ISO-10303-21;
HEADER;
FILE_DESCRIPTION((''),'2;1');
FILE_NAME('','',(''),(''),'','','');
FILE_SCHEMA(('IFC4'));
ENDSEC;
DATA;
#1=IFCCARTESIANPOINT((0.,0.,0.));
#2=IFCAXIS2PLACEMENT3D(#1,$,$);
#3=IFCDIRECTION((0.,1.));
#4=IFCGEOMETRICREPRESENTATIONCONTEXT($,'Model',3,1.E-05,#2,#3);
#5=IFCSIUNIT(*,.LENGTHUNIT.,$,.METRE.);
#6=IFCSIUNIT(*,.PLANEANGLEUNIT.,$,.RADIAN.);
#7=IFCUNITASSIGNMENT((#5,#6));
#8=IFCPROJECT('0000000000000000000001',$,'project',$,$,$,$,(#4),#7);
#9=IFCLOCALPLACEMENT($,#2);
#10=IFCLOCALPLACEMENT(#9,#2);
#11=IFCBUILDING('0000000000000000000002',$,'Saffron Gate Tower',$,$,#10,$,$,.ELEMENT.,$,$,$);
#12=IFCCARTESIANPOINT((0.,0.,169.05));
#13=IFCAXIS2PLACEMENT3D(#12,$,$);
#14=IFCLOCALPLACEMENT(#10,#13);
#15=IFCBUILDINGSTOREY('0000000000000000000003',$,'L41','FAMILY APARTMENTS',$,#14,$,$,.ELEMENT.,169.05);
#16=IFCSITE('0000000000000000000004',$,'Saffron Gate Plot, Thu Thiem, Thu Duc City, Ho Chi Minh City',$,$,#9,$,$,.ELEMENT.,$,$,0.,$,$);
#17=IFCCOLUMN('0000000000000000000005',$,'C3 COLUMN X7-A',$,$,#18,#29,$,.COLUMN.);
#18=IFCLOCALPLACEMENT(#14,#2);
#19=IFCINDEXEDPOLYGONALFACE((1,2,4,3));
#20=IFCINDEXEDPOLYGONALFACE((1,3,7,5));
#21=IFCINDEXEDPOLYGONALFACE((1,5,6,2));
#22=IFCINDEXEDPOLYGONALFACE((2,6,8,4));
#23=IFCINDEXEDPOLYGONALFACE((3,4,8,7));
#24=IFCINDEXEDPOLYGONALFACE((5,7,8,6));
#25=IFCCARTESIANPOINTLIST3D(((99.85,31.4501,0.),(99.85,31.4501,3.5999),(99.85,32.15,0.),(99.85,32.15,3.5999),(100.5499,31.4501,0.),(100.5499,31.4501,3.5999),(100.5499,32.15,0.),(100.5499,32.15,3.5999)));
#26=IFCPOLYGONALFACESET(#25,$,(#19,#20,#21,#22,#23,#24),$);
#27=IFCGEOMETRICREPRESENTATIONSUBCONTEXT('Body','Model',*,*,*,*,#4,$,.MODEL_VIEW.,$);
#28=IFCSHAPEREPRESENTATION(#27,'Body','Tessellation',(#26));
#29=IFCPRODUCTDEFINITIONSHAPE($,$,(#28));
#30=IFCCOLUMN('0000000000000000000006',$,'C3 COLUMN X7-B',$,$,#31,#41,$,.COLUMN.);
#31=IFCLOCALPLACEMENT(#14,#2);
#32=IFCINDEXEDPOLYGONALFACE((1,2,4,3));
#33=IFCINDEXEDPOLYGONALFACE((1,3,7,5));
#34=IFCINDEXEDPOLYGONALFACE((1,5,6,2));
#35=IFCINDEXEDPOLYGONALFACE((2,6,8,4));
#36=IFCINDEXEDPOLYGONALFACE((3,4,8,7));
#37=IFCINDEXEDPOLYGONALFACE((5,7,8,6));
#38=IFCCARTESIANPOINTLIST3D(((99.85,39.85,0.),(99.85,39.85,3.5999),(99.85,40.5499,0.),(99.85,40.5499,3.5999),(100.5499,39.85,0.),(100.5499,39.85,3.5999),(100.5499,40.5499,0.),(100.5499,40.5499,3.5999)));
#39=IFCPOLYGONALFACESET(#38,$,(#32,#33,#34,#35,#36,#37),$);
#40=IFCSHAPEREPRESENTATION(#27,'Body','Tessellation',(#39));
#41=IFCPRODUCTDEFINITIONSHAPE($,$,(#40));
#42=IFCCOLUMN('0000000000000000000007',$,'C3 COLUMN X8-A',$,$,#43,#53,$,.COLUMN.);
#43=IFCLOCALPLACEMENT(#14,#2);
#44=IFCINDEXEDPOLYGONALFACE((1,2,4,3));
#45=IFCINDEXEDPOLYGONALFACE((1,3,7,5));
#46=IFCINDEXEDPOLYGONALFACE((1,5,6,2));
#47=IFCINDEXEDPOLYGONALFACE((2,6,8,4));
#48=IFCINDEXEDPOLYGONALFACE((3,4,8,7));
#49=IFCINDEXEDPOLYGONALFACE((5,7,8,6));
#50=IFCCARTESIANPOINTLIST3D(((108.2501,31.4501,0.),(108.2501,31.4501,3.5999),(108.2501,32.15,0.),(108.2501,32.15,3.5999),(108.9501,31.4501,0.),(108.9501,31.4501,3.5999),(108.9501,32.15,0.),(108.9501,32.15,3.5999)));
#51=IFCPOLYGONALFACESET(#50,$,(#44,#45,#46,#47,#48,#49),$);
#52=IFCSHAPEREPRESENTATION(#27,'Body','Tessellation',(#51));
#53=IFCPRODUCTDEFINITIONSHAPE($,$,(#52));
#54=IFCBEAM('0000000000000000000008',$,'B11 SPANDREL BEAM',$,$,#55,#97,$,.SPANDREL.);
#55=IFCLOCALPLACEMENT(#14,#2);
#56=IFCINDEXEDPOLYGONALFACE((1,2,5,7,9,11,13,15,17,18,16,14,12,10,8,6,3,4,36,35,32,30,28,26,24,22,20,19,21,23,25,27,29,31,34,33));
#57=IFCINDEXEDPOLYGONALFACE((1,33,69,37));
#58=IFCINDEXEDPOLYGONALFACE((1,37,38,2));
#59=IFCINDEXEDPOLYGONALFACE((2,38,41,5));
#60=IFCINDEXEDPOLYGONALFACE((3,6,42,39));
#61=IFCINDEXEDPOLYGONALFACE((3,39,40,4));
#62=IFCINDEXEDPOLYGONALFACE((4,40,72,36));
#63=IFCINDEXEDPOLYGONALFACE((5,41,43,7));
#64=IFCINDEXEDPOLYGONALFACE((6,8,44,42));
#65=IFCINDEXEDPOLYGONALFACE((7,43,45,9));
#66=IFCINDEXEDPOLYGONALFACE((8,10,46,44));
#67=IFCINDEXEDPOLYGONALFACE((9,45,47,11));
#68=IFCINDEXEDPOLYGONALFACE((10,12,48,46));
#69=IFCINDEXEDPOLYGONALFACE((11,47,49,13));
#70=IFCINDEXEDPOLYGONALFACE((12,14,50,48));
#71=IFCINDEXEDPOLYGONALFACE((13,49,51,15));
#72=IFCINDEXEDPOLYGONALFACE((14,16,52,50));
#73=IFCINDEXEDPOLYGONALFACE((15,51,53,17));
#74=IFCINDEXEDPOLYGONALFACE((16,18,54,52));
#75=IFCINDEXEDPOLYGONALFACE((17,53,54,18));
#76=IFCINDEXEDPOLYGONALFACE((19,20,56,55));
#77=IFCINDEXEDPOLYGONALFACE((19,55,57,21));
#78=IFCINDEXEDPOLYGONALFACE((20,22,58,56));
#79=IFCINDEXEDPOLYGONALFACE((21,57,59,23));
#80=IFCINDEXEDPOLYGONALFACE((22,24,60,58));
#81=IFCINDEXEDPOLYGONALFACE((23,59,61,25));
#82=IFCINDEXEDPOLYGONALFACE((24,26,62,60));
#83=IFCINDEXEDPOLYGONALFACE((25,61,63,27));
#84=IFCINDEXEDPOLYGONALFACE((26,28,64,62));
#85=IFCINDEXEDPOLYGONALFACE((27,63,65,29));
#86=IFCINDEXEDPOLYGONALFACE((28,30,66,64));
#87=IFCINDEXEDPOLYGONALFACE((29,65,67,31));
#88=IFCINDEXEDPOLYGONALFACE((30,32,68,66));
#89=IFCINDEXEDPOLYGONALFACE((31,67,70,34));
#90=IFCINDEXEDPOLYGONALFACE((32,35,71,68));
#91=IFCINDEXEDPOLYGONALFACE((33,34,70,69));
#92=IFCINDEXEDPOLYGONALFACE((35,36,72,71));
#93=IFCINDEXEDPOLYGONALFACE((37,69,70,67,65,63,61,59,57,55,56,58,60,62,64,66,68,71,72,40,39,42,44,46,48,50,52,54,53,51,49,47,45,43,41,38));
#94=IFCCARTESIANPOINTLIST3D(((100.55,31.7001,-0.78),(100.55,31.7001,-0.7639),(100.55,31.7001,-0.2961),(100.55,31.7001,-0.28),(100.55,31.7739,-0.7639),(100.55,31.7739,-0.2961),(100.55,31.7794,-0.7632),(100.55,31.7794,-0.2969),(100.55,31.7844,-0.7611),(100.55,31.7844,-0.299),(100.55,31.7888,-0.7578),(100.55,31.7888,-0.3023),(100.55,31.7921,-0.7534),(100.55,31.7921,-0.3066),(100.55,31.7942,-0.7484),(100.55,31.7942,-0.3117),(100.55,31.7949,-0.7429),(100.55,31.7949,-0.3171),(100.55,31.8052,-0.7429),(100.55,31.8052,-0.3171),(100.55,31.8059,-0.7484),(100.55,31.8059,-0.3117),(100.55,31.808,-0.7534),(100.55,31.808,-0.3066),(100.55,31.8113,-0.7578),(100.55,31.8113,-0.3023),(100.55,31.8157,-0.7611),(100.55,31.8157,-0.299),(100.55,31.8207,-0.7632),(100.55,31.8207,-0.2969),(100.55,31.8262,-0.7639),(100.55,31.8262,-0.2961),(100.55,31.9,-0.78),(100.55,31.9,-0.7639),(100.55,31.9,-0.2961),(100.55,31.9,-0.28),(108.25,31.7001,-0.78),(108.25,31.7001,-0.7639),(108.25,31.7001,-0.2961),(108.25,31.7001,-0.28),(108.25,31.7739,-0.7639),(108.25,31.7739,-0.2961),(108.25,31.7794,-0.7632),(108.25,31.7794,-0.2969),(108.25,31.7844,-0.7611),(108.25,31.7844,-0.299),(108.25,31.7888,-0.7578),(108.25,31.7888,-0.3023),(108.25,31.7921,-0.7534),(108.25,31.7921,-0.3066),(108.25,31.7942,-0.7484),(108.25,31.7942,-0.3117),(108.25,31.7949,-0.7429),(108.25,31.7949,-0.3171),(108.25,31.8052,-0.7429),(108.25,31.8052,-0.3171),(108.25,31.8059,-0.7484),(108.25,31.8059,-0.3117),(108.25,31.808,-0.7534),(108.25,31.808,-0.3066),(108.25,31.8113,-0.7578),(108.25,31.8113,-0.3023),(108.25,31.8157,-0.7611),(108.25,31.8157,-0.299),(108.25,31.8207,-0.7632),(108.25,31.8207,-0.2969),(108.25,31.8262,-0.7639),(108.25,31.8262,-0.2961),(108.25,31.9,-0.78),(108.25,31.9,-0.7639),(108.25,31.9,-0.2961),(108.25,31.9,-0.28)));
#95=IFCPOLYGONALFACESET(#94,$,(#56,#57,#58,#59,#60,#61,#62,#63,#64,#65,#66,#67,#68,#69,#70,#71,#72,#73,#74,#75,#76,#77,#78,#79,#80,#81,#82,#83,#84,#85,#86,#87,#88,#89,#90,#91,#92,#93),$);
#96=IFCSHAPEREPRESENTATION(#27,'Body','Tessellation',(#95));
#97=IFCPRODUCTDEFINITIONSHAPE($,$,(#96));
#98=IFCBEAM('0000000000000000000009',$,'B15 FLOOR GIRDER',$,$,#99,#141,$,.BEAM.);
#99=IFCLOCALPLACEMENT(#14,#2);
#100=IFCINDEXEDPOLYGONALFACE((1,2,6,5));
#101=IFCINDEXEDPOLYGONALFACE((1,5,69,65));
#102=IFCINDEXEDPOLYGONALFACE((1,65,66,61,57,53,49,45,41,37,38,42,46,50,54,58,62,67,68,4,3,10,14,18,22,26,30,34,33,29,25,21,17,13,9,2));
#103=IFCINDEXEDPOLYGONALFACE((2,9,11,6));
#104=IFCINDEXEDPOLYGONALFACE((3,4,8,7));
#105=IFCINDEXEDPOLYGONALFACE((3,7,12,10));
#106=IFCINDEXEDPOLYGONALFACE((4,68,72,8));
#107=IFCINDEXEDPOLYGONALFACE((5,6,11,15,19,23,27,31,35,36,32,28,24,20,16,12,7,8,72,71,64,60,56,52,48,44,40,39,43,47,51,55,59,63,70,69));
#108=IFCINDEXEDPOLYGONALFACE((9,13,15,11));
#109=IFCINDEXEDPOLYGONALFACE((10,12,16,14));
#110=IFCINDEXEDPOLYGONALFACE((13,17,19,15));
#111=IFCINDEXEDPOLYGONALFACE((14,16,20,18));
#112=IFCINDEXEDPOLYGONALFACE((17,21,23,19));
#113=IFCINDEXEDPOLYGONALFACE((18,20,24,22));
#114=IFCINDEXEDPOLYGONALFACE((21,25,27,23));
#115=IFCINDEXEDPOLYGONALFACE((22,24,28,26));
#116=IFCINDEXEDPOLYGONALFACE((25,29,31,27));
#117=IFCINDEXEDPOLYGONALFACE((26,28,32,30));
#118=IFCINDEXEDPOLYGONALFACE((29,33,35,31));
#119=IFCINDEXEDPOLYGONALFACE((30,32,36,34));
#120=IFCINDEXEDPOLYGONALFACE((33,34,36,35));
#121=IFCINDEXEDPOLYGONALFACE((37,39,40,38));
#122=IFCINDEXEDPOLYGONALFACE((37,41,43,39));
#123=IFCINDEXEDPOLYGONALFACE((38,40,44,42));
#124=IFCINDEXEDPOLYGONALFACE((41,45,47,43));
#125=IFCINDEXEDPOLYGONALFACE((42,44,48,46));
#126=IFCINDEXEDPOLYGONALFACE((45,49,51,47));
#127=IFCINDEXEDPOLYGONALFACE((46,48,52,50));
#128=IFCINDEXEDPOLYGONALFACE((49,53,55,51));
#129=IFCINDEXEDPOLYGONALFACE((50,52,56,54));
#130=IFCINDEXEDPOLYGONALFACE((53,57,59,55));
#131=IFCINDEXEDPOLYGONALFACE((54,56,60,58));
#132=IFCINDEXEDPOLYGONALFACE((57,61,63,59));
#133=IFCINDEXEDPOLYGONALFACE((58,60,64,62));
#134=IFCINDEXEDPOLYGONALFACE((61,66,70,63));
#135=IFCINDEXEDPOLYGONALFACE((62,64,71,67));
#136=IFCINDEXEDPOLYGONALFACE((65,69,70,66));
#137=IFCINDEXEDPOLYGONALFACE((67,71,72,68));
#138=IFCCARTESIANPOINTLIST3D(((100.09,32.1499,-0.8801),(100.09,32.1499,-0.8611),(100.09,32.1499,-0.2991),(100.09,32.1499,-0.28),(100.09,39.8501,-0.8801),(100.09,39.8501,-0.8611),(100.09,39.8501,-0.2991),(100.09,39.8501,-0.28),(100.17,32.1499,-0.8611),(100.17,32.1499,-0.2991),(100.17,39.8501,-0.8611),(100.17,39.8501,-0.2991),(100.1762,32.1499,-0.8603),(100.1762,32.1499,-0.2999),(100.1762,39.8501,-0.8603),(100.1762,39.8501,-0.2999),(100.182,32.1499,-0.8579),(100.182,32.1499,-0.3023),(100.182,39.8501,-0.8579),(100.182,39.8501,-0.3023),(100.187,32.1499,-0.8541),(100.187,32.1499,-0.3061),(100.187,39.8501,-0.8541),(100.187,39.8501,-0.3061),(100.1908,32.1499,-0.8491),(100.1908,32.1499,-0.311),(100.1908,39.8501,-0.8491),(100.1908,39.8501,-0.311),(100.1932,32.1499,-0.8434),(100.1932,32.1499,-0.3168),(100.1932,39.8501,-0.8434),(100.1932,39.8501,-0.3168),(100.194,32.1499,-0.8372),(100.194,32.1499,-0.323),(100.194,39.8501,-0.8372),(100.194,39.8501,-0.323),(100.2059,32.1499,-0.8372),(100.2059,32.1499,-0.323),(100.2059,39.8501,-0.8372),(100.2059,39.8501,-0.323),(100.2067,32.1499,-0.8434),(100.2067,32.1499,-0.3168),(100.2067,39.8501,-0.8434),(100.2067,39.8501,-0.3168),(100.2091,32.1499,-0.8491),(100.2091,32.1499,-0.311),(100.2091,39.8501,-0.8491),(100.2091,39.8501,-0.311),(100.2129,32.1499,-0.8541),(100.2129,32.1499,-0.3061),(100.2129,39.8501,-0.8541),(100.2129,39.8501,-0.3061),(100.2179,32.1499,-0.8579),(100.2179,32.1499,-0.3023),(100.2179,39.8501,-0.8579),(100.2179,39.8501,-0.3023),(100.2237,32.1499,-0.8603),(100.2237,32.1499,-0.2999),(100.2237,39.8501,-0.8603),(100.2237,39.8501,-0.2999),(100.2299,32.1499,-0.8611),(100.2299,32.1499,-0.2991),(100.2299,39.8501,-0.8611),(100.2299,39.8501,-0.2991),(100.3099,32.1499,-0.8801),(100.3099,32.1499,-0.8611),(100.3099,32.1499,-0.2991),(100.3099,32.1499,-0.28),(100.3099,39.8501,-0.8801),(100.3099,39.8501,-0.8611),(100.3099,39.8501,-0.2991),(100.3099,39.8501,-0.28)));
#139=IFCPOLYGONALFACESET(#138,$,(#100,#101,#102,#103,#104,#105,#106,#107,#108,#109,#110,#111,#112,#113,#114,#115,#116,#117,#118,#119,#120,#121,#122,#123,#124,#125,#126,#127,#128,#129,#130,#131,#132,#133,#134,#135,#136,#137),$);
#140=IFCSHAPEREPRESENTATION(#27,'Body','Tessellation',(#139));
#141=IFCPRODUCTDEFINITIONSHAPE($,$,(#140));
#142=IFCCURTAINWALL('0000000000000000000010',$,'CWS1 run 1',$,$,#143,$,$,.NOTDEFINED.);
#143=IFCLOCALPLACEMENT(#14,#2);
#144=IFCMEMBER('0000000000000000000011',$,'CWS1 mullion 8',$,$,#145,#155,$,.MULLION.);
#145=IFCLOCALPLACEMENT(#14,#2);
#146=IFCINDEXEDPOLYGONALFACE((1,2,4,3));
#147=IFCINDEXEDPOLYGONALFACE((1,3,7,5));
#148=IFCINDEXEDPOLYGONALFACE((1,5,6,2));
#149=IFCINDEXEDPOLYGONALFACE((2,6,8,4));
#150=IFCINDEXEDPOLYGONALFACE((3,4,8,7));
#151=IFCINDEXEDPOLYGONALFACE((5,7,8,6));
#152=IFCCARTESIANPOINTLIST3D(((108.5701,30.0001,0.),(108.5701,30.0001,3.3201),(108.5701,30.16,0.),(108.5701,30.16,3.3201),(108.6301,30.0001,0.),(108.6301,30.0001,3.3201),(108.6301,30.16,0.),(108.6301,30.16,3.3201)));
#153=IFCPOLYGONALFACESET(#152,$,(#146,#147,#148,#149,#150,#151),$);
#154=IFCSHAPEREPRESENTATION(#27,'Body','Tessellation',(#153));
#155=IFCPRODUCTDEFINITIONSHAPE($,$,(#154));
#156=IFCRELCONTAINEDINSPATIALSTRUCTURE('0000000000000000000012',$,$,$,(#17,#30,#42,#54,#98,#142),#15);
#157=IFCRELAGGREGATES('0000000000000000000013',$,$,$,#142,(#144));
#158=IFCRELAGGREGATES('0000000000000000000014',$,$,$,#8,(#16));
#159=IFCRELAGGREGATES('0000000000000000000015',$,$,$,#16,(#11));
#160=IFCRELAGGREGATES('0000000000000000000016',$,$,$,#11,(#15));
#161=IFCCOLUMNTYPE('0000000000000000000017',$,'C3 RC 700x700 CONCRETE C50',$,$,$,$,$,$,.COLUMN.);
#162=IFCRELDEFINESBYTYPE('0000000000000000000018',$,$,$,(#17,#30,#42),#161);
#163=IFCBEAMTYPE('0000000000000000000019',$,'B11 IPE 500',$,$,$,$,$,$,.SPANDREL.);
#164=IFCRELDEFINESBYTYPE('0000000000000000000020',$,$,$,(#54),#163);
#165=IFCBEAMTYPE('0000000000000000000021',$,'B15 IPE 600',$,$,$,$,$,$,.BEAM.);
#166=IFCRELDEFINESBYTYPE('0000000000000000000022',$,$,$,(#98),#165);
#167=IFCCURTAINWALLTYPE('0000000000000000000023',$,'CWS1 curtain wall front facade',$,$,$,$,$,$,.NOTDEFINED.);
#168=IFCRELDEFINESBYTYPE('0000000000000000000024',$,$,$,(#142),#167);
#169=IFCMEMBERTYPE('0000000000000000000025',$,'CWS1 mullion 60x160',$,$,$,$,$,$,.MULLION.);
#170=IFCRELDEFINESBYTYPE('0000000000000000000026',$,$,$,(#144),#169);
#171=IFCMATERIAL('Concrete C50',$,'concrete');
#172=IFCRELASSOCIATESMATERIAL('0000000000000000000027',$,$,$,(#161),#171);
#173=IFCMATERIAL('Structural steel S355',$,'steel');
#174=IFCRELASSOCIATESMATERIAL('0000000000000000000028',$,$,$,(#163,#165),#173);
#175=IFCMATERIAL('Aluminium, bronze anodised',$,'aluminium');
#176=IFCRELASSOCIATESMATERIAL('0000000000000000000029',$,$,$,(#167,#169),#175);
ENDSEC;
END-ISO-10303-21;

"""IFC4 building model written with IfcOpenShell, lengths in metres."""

from ifc_helpers import new_model, si_unit, direction, frame, origin, origin_2d, place, context, subcontext, project, spatial, rectangle, i_section, extrude, material, material_profile, profile_set, type_object, element, aggregate, save


model = new_model("IFC4")

# Units and contexts
model_context = context("Model", 3, precision=1e-05, world=origin(), true_north=direction((0.0, 1.0)))
body_context = subcontext(model_context, "Body", "Model", "MODEL_VIEW")
ifc_project = project(units=[si_unit("LENGTHUNIT", "METRE"), si_unit("PLANEANGLEUNIT", "RADIAN")], contexts=[model_context])

# Site, building, storey
site_placement = place(None, origin())
site = spatial("IfcSite", under=ifc_project, at=site_placement, Name="Saffron Gate Plot, Thu Thiem, Thu Duc City, Ho Chi Minh City", CompositionType="ELEMENT", RefElevation=0.0)
building_placement = place(site_placement, origin())
building = spatial("IfcBuilding", under=site, at=building_placement, Name="Saffron Gate Tower", CompositionType="ELEMENT")
storey_placement = place(building_placement, frame((0.0, 0.0, 169.05)))
storey = spatial("IfcBuildingStorey", under=building, at=storey_placement, Name="L41", Description="FAMILY APARTMENTS", CompositionType="ELEMENT", Elevation=169.05)

# Columns
ifc_material_1 = material(Name="Concrete C50", Category="concrete")
ifc_material_profile_1 = material_profile(ifc_material_1, rectangle(XDim=0.7, YDim=0.7, at=origin_2d()))
ifc_profile_set_1 = profile_set([ifc_material_profile_1], Name="Concrete C50")
column_type = type_object("IfcColumnType", Name="C3 RC 700x700 CONCRETE C50", PredefinedType="COLUMN", material=ifc_profile_set_1)
for number, where, z_axis, x_axis, name in (
    (1, (100.2, 31.8, 0.0), (0.0, 0.0, 1.0), (1.0, 0.0, 0.0), "C3 COLUMN X7-A"),
    (2, (100.2, 40.2, 0.0), (0.0, 0.0, 1.0), (1.0, 0.0, 0.0), "C3 COLUMN X7-B"),
    (3, (108.6001, 31.8, 0.0), (0.0, 0.0, 1.0), (1.0, 0.0, 0.0), "C3 COLUMN X8-A"),
):
    element("IfcColumn", number, at=place(storey_placement, frame(where, z_axis=z_axis, x_axis=x_axis)), inside=storey, type_object=column_type, Name=name, PredefinedType="COLUMN", context=body_context, shape_type="SweptSolid", body=[
        extrude(rectangle(XDim=0.7, YDim=0.7, at=origin_2d()), origin(), (0.0, 0.0, 1.0), 3.5999),
    ])

# Beams
ifc_material_2 = material(Name="Structural steel S355", Category="steel")
ifc_material_profile_2 = material_profile(ifc_material_2, i_section(OverallWidth=0.2, OverallDepth=0.5, WebThickness=0.0103, FlangeThickness=0.0161, FilletRadius=0.021, at=origin_2d()))
ifc_profile_set_2 = profile_set([ifc_material_profile_2], Name="Structural steel S355")
beam_type_1 = type_object("IfcBeamType", Name="B11 IPE 500", PredefinedType="SPANDREL", material=ifc_profile_set_2)
beam_1_placement = place(storey_placement, frame((100.55, 31.8, -0.53), z_axis=(1.0, 0.0, 0.0), x_axis=(0.0, 1.0, 0.0)))
element("IfcBeam", 4, at=beam_1_placement, inside=storey, type_object=beam_type_1, Name="B11 SPANDREL BEAM", PredefinedType="SPANDREL", context=body_context, shape_type="SweptSolid", body=[
    extrude(i_section(OverallWidth=0.2, OverallDepth=0.5, WebThickness=0.0103, FlangeThickness=0.0161, FilletRadius=0.021, at=origin_2d()), origin(), (0.0, 0.0, 1.0), 7.7),
])
ifc_material_profile_3 = material_profile(ifc_material_2, i_section(OverallWidth=0.22, OverallDepth=0.6001, WebThickness=0.012, FlangeThickness=0.019, FilletRadius=0.0239, at=origin_2d()))
ifc_profile_set_3 = profile_set([ifc_material_profile_3], Name="Structural steel S355")
beam_type_2 = type_object("IfcBeamType", Name="B15 IPE 600", PredefinedType="BEAM", material=ifc_profile_set_3)
beam_2_placement = place(storey_placement, frame((100.2, 32.1499, -0.5801), z_axis=(0.0, 1.0, 0.0), x_axis=(-1.0, 0.0, 0.0)))
element("IfcBeam", 5, at=beam_2_placement, inside=storey, type_object=beam_type_2, Name="B15 FLOOR GIRDER", PredefinedType="BEAM", context=body_context, shape_type="SweptSolid", body=[
    extrude(i_section(OverallWidth=0.22, OverallDepth=0.6001, WebThickness=0.012, FlangeThickness=0.019, FilletRadius=0.0239, at=origin_2d()), origin(), (0.0, 0.0, 1.0), 7.7002),
])

# Curtain wall, member
ifc_material_3 = material(Name="Aluminium, bronze anodised", Category="aluminium")
curtain_wall_type = type_object("IfcCurtainWallType", Name="CWS1 curtain wall front facade", PredefinedType="NOTDEFINED", material=ifc_material_3)
curtain_wall_placement = place(storey_placement, origin())
curtain_wall = element("IfcCurtainWall", 6, at=curtain_wall_placement, inside=storey, type_object=curtain_wall_type, Name="CWS1 run 1", PredefinedType="NOTDEFINED")
ifc_material_profile_4 = material_profile(ifc_material_3, rectangle(XDim=0.1599, YDim=0.0601, at=origin_2d()))
ifc_profile_set_4 = profile_set([ifc_material_profile_4], Name="Aluminium, bronze anodised")
member_type = type_object("IfcMemberType", Name="CWS1 mullion 60x160", PredefinedType="MULLION", material=ifc_profile_set_4)
member_placement = place(storey_placement, frame((108.6001, 30.0801, 0.0), z_axis=(0.0, 0.0, 1.0), x_axis=(0.0, 1.0, 0.0)))
member = element("IfcMember", 7, at=member_placement, type_object=member_type, Name="CWS1 mullion 8", PredefinedType="MULLION", context=body_context, shape_type="SweptSolid", body=[
    extrude(rectangle(XDim=0.1599, YDim=0.0601, at=origin_2d()), origin(), (0.0, 0.0, 1.0), 3.3201),
])
aggregate(curtain_wall, [member])

save(model, "model.ifc")
